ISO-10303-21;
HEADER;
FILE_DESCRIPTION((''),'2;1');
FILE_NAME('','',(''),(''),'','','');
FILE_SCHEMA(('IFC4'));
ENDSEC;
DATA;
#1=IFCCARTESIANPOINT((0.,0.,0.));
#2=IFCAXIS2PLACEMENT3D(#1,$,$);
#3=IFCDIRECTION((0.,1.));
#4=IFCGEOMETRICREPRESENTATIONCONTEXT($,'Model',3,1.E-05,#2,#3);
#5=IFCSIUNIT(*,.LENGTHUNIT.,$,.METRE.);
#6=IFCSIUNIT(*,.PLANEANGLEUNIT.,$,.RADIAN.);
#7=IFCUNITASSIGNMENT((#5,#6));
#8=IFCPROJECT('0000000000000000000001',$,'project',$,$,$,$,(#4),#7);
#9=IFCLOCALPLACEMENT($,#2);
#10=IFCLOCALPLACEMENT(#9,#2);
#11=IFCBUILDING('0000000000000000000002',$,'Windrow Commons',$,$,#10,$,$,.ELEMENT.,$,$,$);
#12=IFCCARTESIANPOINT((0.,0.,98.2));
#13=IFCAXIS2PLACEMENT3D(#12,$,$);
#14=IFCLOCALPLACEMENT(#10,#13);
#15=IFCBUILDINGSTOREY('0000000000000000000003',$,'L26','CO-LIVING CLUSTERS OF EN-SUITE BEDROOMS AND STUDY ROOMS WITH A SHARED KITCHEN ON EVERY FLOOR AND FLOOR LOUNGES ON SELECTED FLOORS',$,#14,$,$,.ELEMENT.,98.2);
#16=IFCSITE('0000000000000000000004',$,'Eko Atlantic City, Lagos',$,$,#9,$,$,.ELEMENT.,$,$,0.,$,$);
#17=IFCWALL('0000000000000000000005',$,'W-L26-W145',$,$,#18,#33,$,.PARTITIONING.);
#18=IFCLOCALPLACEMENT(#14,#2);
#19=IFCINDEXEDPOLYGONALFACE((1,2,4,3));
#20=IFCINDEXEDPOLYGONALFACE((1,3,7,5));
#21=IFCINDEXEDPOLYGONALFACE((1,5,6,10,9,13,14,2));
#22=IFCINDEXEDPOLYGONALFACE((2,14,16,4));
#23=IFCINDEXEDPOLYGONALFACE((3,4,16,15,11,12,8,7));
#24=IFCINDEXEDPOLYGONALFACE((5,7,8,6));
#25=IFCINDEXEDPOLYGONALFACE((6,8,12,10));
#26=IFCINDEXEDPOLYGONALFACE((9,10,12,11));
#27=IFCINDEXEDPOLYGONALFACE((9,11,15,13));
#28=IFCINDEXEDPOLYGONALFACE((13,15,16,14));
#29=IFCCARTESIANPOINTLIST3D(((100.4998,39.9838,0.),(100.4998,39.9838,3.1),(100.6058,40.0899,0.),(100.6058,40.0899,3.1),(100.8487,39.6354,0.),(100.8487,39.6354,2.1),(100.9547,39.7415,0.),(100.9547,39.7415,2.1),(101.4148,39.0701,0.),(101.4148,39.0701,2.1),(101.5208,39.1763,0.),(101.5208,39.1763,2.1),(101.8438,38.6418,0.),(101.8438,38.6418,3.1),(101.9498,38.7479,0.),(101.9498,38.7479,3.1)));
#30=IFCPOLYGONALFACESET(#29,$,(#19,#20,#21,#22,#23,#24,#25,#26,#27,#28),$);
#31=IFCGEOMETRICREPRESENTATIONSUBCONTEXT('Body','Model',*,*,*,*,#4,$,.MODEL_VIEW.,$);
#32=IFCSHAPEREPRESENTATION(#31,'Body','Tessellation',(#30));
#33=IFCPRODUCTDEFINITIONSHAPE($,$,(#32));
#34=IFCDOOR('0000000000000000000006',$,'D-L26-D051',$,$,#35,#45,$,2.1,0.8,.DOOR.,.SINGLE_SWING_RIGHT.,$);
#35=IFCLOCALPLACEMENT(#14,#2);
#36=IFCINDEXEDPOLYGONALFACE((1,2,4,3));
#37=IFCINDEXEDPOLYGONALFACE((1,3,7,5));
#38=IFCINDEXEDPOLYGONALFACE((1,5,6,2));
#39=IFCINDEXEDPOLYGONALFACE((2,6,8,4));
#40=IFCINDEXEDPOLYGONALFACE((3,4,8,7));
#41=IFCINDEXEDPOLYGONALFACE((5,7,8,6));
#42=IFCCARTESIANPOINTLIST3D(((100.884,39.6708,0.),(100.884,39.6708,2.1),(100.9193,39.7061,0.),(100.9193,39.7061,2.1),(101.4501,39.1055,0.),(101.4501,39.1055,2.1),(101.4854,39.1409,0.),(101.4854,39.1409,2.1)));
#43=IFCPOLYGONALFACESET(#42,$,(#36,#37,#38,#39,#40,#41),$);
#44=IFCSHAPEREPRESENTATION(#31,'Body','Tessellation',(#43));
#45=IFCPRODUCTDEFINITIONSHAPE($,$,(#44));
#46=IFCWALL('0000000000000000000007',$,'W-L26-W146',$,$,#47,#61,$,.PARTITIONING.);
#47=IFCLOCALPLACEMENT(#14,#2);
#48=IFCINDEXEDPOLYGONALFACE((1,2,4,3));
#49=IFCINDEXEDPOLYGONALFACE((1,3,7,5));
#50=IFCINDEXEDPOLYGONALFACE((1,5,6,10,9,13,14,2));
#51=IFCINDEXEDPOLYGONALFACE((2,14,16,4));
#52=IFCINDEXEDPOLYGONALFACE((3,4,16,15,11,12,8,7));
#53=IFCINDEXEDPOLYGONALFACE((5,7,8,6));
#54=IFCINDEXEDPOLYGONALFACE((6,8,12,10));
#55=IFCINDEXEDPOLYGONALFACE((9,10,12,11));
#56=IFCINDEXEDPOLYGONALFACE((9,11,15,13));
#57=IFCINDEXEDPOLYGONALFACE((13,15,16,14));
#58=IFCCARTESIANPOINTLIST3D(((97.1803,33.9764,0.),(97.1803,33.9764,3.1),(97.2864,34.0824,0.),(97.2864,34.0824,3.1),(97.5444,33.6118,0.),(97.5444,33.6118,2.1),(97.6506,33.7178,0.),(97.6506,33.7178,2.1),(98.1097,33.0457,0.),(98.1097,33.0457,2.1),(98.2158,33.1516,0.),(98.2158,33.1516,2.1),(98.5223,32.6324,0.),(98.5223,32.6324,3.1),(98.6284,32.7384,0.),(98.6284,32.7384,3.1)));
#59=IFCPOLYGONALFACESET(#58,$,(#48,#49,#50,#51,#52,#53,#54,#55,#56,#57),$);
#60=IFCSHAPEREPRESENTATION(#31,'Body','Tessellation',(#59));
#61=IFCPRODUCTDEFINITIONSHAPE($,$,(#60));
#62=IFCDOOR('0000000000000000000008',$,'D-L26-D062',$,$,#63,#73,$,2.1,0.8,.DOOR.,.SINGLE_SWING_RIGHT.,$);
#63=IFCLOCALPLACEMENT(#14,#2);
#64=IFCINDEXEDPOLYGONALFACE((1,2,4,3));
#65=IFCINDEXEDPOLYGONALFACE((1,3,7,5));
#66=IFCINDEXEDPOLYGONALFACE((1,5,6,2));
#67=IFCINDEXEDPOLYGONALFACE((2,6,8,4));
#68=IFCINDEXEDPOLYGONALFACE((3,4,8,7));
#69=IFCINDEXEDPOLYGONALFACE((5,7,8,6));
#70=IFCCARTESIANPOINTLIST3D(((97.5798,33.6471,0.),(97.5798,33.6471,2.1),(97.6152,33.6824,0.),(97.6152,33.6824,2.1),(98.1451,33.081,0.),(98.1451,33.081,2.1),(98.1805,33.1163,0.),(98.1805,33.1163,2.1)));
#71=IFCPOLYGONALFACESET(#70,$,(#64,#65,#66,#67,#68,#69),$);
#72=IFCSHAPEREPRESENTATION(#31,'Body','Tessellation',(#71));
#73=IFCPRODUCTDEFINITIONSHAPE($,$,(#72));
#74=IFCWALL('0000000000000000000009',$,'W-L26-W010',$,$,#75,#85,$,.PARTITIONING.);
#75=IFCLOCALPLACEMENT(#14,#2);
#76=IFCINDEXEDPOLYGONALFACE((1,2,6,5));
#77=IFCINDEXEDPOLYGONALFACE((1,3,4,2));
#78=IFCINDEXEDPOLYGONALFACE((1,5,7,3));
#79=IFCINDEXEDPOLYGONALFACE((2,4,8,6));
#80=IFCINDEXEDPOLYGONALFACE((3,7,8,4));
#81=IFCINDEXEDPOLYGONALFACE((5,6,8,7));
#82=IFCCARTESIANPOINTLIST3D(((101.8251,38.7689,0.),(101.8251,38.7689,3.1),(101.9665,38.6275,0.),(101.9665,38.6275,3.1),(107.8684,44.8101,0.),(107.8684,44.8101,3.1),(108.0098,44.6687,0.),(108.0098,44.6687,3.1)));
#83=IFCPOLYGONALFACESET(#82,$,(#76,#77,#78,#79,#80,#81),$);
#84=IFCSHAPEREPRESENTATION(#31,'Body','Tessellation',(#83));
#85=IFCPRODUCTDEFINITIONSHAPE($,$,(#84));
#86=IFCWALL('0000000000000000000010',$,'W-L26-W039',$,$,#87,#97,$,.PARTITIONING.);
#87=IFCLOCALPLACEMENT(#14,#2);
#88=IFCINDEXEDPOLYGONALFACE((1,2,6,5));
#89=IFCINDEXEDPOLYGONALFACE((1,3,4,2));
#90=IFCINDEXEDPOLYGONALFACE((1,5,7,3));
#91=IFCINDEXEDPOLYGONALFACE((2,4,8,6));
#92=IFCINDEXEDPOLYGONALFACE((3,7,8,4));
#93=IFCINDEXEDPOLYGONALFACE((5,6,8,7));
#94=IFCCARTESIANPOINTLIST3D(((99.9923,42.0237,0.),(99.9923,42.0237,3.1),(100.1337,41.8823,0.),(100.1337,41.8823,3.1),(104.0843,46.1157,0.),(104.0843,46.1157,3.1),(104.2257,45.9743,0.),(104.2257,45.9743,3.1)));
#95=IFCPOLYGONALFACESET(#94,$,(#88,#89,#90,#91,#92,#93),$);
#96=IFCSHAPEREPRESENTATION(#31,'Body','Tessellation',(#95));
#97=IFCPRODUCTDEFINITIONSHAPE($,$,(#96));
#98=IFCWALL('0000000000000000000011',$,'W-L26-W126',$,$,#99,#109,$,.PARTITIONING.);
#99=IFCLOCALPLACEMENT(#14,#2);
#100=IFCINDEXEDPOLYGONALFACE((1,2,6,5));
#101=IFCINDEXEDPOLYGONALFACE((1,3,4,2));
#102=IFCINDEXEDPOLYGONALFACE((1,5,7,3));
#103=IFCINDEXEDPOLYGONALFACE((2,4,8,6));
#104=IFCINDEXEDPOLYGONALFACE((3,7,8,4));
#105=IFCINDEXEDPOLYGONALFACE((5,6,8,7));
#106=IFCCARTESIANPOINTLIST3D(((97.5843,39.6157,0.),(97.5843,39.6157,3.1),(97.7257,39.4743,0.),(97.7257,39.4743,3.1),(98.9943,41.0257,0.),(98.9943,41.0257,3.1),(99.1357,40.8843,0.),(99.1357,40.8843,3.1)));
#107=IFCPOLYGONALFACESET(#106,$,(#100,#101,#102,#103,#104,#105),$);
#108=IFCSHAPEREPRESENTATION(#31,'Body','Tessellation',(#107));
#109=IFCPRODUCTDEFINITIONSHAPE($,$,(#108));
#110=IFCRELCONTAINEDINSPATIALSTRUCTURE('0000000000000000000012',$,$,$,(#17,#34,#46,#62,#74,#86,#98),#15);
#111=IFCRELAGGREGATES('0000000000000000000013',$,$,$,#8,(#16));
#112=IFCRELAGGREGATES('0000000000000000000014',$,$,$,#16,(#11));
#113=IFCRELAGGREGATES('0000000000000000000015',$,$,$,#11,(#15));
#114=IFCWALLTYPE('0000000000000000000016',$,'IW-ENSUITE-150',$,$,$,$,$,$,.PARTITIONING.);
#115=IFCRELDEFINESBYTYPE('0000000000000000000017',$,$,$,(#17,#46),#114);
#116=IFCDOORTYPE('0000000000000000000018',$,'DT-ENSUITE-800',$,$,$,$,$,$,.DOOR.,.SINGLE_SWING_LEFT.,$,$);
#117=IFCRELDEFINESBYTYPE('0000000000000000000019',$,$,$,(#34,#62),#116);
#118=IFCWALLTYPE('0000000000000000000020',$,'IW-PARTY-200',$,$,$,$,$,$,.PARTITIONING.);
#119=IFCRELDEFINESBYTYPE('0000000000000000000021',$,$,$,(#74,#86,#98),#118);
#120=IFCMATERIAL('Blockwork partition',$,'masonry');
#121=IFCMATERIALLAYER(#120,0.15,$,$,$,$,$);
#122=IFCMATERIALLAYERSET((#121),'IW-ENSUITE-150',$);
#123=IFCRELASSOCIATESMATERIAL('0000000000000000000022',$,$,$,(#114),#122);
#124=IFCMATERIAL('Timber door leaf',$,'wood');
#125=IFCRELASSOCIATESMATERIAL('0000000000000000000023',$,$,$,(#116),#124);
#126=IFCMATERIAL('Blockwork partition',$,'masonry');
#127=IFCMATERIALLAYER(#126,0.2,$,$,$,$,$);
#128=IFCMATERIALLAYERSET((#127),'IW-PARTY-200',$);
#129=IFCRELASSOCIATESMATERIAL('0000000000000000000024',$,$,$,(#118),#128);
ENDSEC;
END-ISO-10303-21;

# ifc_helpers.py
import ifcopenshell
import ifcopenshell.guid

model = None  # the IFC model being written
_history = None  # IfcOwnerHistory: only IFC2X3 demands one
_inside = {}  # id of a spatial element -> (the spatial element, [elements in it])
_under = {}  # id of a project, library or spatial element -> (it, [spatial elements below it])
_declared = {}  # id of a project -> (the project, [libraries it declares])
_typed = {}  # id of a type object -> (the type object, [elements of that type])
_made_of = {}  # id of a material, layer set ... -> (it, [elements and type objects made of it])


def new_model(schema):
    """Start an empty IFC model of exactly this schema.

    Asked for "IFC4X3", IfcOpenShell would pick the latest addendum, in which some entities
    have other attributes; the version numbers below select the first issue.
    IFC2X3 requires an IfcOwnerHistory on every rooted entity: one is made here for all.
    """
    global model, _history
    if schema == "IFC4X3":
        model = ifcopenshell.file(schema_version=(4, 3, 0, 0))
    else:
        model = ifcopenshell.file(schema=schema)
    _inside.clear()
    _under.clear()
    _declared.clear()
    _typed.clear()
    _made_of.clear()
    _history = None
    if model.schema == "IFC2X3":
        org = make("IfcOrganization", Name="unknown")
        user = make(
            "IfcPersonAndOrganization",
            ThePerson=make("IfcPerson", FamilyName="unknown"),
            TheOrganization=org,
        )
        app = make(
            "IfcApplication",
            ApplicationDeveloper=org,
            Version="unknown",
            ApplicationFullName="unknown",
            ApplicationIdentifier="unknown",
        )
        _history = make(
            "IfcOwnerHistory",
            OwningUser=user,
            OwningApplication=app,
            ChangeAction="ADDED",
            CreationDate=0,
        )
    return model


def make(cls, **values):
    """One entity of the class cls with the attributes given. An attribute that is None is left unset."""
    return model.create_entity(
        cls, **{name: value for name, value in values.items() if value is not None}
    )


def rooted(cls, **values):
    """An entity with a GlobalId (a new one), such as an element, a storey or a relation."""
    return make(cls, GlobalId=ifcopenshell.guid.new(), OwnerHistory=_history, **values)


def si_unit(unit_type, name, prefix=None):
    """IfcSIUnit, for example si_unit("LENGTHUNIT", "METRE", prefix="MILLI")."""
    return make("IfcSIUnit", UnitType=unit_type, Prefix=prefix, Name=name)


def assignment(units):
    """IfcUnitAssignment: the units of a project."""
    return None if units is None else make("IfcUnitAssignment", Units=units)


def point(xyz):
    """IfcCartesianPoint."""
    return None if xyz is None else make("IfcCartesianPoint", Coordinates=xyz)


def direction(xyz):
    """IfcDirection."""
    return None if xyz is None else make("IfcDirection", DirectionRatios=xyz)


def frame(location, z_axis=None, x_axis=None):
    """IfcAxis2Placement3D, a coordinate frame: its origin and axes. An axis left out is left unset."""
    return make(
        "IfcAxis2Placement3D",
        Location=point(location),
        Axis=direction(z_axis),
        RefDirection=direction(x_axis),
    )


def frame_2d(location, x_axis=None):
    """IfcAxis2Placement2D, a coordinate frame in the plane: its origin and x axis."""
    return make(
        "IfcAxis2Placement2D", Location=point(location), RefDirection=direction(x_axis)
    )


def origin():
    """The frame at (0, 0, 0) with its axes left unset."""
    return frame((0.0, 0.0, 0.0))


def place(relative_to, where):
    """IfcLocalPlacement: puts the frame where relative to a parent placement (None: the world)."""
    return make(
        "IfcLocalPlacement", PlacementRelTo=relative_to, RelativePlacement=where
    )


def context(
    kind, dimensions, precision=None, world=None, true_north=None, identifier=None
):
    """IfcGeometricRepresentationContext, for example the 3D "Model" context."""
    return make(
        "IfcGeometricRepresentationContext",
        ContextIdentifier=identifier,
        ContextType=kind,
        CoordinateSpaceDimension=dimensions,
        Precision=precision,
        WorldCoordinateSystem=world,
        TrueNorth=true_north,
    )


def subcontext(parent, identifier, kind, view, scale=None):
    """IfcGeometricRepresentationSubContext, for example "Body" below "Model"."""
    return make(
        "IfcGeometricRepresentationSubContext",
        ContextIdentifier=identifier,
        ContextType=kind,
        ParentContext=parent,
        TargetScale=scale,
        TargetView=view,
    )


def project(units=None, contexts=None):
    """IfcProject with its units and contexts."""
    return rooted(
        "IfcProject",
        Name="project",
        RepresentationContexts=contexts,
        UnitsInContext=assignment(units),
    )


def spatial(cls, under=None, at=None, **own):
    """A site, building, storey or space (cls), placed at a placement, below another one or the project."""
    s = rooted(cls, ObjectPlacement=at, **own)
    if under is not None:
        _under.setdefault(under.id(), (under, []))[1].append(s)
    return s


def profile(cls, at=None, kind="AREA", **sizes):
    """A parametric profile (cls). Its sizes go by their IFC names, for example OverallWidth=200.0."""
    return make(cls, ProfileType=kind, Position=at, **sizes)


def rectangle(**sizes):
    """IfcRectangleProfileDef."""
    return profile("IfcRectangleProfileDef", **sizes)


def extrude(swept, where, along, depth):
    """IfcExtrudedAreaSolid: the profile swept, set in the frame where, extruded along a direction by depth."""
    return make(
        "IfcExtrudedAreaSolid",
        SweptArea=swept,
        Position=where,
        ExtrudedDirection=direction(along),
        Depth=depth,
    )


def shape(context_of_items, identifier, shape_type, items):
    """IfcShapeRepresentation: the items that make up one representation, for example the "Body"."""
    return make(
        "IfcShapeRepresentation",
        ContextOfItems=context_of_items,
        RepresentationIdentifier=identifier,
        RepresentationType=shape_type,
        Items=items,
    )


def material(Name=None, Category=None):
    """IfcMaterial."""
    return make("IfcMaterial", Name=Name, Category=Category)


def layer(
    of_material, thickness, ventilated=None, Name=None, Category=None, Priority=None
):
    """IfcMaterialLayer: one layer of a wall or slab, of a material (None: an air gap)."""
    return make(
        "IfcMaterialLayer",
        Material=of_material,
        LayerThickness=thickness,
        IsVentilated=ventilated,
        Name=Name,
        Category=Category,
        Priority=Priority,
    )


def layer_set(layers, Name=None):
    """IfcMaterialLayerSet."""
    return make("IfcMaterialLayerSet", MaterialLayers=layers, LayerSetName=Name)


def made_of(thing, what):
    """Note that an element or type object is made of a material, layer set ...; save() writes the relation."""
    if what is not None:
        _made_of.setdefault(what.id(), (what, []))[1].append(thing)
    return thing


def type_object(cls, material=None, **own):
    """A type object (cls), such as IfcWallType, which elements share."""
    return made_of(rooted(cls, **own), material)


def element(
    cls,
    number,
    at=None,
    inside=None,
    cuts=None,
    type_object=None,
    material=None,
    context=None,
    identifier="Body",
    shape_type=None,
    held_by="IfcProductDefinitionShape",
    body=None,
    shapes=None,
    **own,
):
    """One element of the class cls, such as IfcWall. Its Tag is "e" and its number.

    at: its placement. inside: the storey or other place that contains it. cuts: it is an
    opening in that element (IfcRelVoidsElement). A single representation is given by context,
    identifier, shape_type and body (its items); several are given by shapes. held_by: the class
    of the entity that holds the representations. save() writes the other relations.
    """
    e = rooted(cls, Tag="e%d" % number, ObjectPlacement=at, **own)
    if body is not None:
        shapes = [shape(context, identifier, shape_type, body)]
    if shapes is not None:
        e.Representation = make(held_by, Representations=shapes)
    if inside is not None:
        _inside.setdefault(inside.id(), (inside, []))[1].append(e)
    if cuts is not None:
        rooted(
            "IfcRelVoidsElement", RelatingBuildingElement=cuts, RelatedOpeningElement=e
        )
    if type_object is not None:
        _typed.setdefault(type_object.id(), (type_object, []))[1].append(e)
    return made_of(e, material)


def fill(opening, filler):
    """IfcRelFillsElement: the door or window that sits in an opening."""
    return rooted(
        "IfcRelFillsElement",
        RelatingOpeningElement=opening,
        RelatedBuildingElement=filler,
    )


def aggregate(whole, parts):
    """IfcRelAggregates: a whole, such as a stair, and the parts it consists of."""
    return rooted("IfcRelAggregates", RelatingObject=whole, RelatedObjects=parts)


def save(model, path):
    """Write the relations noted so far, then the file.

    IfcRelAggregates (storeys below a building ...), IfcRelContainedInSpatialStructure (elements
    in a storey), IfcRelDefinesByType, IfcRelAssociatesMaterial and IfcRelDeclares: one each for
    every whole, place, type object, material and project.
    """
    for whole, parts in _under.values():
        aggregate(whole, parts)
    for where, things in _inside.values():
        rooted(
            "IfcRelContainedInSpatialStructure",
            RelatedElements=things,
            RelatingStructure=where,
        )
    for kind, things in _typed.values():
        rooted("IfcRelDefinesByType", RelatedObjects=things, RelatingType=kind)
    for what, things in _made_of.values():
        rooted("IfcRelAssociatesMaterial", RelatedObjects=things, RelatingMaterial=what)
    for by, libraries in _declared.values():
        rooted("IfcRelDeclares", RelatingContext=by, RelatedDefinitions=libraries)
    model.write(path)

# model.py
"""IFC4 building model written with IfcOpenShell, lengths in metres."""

from ifc_helpers import new_model, si_unit, direction, frame, frame_2d, origin, place, context, subcontext, project, spatial, rectangle, extrude, material, layer, layer_set, type_object, element, fill, save


model = new_model("IFC4")

# Units and contexts
model_context = context("Model", 3, precision=1e-05, world=origin(), true_north=direction((0.0, 1.0)))
body_context = subcontext(model_context, "Body", "Model", "MODEL_VIEW")
ifc_project = project(units=[si_unit("LENGTHUNIT", "METRE"), si_unit("PLANEANGLEUNIT", "RADIAN")], contexts=[model_context])

# Site, building, storey
site_placement = place(None, origin())
site = spatial("IfcSite", under=ifc_project, at=site_placement, Name="Eko Atlantic City, Lagos", CompositionType="ELEMENT", RefElevation=0.0)
building_placement = place(site_placement, origin())
building = spatial("IfcBuilding", under=site, at=building_placement, Name="Windrow Commons", CompositionType="ELEMENT")
storey_placement = place(building_placement, frame((0.0, 0.0, 98.2)))
storey = spatial("IfcBuildingStorey", under=building, at=storey_placement, Name="L26", Description="CO-LIVING CLUSTERS OF EN-SUITE BEDROOMS AND STUDY ROOMS WITH A SHARED KITCHEN ON EVERY FLOOR AND FLOOR LOUNGES ON SELECTED FLOORS", CompositionType="ELEMENT", Elevation=98.2)

# Shared definitions
ifc_material_1 = material(Name="Blockwork partition", Category="masonry")
ifc_layer_1 = layer(ifc_material_1, 0.15)
ifc_layer_set_1 = layer_set([ifc_layer_1], Name="IW-ENSUITE-150")
wall_type_1 = type_object("IfcWallType", Name="IW-ENSUITE-150", PredefinedType="PARTITIONING", material=ifc_layer_set_1)

# Walls, openings, doors
ifc_material_2 = material(Name="Timber door leaf", Category="wood")
door_type_1 = type_object("IfcDoorType", Name="DT-ENSUITE-800", OperationType="SINGLE_SWING_LEFT", PredefinedType="DOOR", material=ifc_material_2)
wall_1_placement = place(storey_placement, frame((100.5528, 40.0368, 0.0), z_axis=(0.0, 0.0, 1.0), x_axis=(0.707633, -0.70658, 0.0)))
wall_1 = element("IfcWall", 1, at=wall_1_placement, inside=storey, type_object=wall_type_1, Name="W-L26-W145", PredefinedType="PARTITIONING", context=body_context, shape_type="SweptSolid", body=[
    extrude(rectangle(XDim=1.8993, YDim=0.15, at=frame_2d((0.9496, 0.0))), origin(), (0.0, 0.0, 1.0), 3.1),
])
opening_1_placement = place(wall_1_placement, frame((0.493, 0.0, 0.0)))
opening_1 = element("IfcOpeningElement", 2, at=opening_1_placement, cuts=wall_1, PredefinedType="OPENING", context=body_context, shape_type="SweptSolid", body=[
    extrude(rectangle(XDim=0.8, YDim=2.1, at=frame_2d((0.4, 1.05))), frame((0.0, 0.085, 0.0), z_axis=(0.0, -1.0, 0.0), x_axis=(1.0, 0.0, 0.0)), (0.0, 0.0, 1.0), 0.17),
])
door_1_placement = place(opening_1_placement, origin())
door_1 = element("IfcDoor", 3, at=door_1_placement, inside=storey, type_object=door_type_1, Name="D-L26-D051", OperationType="SINGLE_SWING_RIGHT", OverallHeight=2.1, OverallWidth=0.8, PredefinedType="DOOR", context=body_context, shape_type="SweptSolid", body=[
    extrude(rectangle(XDim=0.8, YDim=2.1, at=frame_2d((0.4, 1.05))), frame((0.0, 0.025, 0.0), z_axis=(0.0, -1.0, 0.0), x_axis=(1.0, 0.0, 0.0)), (0.0, 0.0, 1.0), 0.05),
])
fill(opening_1, door_1)
wall_2_placement = place(storey_placement, frame((97.2334, 34.0294, 0.0), z_axis=(0.0, 0.0, 1.0), x_axis=(0.70658, -0.707633, 0.0)))
wall_2 = element("IfcWall", 4, at=wall_2_placement, inside=storey, type_object=wall_type_1, Name="W-L26-W146", PredefinedType="PARTITIONING", context=body_context, shape_type="SweptSolid", body=[
    extrude(rectangle(XDim=1.8993, YDim=0.15, at=frame_2d((0.9496, 0.0))), origin(), (0.0, 0.0, 1.0), 3.1),
])
opening_2_placement = place(wall_2_placement, frame((0.5153, 0.0, 0.0)))
opening_2 = element("IfcOpeningElement", 5, at=opening_2_placement, cuts=wall_2, PredefinedType="OPENING", context=body_context, shape_type="SweptSolid", body=[
    extrude(rectangle(XDim=0.8, YDim=2.1, at=frame_2d((0.4, 1.05))), frame((0.0, 0.085, 0.0), z_axis=(0.0, -1.0, 0.0), x_axis=(1.0, 0.0, 0.0)), (0.0, 0.0, 1.0), 0.17),
])
door_2_placement = place(opening_2_placement, origin())
door_2 = element("IfcDoor", 6, at=door_2_placement, inside=storey, type_object=door_type_1, Name="D-L26-D062", OperationType="SINGLE_SWING_RIGHT", OverallHeight=2.1, OverallWidth=0.8, PredefinedType="DOOR", context=body_context, shape_type="SweptSolid", body=[
    extrude(rectangle(XDim=0.8, YDim=2.1, at=frame_2d((0.4, 1.05))), frame((0.0, 0.025, 0.0), z_axis=(0.0, -1.0, 0.0), x_axis=(1.0, 0.0, 0.0)), (0.0, 0.0, 1.0), 0.05),
])
fill(opening_2, door_2)

# Walls
ifc_material_3 = material(Name="Blockwork partition", Category="masonry")
ifc_layer_2 = layer(ifc_material_3, 0.2)
ifc_layer_set_2 = layer_set([ifc_layer_2], Name="IW-PARTY-200")
wall_type_2 = type_object("IfcWallType", Name="IW-PARTY-200", PredefinedType="PARTITIONING", material=ifc_layer_set_2)
wall_3_placement = place(storey_placement, frame((101.8958, 38.6982, 0.0), z_axis=(0.0, 0.0, 1.0), x_axis=(0.70723, 0.706984, 0.0)))
element("IfcWall", 7, at=wall_3_placement, inside=storey, type_object=wall_type_2, Name="W-L26-W010", PredefinedType="PARTITIONING", context=body_context, shape_type="SweptSolid", body=[
    extrude(rectangle(XDim=8.545, YDim=0.2, at=frame_2d((4.2725, 0.0))), origin(), (0.0, 0.0, 1.0), 3.1),
])
wall_4_placement = place(storey_placement, frame((100.063, 41.953, 0.0), z_axis=(0.0, 0.0, 1.0), x_axis=(0.707107, 0.707107, 0.0)))
element("IfcWall", 8, at=wall_4_placement, inside=storey, type_object=wall_type_2, Name="W-L26-W039", PredefinedType="PARTITIONING", context=body_context, shape_type="SweptSolid", body=[
    extrude(rectangle(XDim=5.787, YDim=0.2, at=frame_2d((2.8935, 0.0))), origin(), (0.0, 0.0, 1.0), 3.1),
])
wall_5_placement = place(storey_placement, frame((97.655, 39.545, 0.0), z_axis=(0.0, 0.0, 1.0), x_axis=(0.707107, 0.707107, 0.0)))
element("IfcWall", 9, at=wall_5_placement, inside=storey, type_object=wall_type_2, Name="W-L26-W126", PredefinedType="PARTITIONING", context=body_context, shape_type="SweptSolid", body=[
    extrude(rectangle(XDim=1.994, YDim=0.2, at=frame_2d((0.997, 0.0))), origin(), (0.0, 0.0, 1.0), 3.1),
])

save(model, "model.ifc")
